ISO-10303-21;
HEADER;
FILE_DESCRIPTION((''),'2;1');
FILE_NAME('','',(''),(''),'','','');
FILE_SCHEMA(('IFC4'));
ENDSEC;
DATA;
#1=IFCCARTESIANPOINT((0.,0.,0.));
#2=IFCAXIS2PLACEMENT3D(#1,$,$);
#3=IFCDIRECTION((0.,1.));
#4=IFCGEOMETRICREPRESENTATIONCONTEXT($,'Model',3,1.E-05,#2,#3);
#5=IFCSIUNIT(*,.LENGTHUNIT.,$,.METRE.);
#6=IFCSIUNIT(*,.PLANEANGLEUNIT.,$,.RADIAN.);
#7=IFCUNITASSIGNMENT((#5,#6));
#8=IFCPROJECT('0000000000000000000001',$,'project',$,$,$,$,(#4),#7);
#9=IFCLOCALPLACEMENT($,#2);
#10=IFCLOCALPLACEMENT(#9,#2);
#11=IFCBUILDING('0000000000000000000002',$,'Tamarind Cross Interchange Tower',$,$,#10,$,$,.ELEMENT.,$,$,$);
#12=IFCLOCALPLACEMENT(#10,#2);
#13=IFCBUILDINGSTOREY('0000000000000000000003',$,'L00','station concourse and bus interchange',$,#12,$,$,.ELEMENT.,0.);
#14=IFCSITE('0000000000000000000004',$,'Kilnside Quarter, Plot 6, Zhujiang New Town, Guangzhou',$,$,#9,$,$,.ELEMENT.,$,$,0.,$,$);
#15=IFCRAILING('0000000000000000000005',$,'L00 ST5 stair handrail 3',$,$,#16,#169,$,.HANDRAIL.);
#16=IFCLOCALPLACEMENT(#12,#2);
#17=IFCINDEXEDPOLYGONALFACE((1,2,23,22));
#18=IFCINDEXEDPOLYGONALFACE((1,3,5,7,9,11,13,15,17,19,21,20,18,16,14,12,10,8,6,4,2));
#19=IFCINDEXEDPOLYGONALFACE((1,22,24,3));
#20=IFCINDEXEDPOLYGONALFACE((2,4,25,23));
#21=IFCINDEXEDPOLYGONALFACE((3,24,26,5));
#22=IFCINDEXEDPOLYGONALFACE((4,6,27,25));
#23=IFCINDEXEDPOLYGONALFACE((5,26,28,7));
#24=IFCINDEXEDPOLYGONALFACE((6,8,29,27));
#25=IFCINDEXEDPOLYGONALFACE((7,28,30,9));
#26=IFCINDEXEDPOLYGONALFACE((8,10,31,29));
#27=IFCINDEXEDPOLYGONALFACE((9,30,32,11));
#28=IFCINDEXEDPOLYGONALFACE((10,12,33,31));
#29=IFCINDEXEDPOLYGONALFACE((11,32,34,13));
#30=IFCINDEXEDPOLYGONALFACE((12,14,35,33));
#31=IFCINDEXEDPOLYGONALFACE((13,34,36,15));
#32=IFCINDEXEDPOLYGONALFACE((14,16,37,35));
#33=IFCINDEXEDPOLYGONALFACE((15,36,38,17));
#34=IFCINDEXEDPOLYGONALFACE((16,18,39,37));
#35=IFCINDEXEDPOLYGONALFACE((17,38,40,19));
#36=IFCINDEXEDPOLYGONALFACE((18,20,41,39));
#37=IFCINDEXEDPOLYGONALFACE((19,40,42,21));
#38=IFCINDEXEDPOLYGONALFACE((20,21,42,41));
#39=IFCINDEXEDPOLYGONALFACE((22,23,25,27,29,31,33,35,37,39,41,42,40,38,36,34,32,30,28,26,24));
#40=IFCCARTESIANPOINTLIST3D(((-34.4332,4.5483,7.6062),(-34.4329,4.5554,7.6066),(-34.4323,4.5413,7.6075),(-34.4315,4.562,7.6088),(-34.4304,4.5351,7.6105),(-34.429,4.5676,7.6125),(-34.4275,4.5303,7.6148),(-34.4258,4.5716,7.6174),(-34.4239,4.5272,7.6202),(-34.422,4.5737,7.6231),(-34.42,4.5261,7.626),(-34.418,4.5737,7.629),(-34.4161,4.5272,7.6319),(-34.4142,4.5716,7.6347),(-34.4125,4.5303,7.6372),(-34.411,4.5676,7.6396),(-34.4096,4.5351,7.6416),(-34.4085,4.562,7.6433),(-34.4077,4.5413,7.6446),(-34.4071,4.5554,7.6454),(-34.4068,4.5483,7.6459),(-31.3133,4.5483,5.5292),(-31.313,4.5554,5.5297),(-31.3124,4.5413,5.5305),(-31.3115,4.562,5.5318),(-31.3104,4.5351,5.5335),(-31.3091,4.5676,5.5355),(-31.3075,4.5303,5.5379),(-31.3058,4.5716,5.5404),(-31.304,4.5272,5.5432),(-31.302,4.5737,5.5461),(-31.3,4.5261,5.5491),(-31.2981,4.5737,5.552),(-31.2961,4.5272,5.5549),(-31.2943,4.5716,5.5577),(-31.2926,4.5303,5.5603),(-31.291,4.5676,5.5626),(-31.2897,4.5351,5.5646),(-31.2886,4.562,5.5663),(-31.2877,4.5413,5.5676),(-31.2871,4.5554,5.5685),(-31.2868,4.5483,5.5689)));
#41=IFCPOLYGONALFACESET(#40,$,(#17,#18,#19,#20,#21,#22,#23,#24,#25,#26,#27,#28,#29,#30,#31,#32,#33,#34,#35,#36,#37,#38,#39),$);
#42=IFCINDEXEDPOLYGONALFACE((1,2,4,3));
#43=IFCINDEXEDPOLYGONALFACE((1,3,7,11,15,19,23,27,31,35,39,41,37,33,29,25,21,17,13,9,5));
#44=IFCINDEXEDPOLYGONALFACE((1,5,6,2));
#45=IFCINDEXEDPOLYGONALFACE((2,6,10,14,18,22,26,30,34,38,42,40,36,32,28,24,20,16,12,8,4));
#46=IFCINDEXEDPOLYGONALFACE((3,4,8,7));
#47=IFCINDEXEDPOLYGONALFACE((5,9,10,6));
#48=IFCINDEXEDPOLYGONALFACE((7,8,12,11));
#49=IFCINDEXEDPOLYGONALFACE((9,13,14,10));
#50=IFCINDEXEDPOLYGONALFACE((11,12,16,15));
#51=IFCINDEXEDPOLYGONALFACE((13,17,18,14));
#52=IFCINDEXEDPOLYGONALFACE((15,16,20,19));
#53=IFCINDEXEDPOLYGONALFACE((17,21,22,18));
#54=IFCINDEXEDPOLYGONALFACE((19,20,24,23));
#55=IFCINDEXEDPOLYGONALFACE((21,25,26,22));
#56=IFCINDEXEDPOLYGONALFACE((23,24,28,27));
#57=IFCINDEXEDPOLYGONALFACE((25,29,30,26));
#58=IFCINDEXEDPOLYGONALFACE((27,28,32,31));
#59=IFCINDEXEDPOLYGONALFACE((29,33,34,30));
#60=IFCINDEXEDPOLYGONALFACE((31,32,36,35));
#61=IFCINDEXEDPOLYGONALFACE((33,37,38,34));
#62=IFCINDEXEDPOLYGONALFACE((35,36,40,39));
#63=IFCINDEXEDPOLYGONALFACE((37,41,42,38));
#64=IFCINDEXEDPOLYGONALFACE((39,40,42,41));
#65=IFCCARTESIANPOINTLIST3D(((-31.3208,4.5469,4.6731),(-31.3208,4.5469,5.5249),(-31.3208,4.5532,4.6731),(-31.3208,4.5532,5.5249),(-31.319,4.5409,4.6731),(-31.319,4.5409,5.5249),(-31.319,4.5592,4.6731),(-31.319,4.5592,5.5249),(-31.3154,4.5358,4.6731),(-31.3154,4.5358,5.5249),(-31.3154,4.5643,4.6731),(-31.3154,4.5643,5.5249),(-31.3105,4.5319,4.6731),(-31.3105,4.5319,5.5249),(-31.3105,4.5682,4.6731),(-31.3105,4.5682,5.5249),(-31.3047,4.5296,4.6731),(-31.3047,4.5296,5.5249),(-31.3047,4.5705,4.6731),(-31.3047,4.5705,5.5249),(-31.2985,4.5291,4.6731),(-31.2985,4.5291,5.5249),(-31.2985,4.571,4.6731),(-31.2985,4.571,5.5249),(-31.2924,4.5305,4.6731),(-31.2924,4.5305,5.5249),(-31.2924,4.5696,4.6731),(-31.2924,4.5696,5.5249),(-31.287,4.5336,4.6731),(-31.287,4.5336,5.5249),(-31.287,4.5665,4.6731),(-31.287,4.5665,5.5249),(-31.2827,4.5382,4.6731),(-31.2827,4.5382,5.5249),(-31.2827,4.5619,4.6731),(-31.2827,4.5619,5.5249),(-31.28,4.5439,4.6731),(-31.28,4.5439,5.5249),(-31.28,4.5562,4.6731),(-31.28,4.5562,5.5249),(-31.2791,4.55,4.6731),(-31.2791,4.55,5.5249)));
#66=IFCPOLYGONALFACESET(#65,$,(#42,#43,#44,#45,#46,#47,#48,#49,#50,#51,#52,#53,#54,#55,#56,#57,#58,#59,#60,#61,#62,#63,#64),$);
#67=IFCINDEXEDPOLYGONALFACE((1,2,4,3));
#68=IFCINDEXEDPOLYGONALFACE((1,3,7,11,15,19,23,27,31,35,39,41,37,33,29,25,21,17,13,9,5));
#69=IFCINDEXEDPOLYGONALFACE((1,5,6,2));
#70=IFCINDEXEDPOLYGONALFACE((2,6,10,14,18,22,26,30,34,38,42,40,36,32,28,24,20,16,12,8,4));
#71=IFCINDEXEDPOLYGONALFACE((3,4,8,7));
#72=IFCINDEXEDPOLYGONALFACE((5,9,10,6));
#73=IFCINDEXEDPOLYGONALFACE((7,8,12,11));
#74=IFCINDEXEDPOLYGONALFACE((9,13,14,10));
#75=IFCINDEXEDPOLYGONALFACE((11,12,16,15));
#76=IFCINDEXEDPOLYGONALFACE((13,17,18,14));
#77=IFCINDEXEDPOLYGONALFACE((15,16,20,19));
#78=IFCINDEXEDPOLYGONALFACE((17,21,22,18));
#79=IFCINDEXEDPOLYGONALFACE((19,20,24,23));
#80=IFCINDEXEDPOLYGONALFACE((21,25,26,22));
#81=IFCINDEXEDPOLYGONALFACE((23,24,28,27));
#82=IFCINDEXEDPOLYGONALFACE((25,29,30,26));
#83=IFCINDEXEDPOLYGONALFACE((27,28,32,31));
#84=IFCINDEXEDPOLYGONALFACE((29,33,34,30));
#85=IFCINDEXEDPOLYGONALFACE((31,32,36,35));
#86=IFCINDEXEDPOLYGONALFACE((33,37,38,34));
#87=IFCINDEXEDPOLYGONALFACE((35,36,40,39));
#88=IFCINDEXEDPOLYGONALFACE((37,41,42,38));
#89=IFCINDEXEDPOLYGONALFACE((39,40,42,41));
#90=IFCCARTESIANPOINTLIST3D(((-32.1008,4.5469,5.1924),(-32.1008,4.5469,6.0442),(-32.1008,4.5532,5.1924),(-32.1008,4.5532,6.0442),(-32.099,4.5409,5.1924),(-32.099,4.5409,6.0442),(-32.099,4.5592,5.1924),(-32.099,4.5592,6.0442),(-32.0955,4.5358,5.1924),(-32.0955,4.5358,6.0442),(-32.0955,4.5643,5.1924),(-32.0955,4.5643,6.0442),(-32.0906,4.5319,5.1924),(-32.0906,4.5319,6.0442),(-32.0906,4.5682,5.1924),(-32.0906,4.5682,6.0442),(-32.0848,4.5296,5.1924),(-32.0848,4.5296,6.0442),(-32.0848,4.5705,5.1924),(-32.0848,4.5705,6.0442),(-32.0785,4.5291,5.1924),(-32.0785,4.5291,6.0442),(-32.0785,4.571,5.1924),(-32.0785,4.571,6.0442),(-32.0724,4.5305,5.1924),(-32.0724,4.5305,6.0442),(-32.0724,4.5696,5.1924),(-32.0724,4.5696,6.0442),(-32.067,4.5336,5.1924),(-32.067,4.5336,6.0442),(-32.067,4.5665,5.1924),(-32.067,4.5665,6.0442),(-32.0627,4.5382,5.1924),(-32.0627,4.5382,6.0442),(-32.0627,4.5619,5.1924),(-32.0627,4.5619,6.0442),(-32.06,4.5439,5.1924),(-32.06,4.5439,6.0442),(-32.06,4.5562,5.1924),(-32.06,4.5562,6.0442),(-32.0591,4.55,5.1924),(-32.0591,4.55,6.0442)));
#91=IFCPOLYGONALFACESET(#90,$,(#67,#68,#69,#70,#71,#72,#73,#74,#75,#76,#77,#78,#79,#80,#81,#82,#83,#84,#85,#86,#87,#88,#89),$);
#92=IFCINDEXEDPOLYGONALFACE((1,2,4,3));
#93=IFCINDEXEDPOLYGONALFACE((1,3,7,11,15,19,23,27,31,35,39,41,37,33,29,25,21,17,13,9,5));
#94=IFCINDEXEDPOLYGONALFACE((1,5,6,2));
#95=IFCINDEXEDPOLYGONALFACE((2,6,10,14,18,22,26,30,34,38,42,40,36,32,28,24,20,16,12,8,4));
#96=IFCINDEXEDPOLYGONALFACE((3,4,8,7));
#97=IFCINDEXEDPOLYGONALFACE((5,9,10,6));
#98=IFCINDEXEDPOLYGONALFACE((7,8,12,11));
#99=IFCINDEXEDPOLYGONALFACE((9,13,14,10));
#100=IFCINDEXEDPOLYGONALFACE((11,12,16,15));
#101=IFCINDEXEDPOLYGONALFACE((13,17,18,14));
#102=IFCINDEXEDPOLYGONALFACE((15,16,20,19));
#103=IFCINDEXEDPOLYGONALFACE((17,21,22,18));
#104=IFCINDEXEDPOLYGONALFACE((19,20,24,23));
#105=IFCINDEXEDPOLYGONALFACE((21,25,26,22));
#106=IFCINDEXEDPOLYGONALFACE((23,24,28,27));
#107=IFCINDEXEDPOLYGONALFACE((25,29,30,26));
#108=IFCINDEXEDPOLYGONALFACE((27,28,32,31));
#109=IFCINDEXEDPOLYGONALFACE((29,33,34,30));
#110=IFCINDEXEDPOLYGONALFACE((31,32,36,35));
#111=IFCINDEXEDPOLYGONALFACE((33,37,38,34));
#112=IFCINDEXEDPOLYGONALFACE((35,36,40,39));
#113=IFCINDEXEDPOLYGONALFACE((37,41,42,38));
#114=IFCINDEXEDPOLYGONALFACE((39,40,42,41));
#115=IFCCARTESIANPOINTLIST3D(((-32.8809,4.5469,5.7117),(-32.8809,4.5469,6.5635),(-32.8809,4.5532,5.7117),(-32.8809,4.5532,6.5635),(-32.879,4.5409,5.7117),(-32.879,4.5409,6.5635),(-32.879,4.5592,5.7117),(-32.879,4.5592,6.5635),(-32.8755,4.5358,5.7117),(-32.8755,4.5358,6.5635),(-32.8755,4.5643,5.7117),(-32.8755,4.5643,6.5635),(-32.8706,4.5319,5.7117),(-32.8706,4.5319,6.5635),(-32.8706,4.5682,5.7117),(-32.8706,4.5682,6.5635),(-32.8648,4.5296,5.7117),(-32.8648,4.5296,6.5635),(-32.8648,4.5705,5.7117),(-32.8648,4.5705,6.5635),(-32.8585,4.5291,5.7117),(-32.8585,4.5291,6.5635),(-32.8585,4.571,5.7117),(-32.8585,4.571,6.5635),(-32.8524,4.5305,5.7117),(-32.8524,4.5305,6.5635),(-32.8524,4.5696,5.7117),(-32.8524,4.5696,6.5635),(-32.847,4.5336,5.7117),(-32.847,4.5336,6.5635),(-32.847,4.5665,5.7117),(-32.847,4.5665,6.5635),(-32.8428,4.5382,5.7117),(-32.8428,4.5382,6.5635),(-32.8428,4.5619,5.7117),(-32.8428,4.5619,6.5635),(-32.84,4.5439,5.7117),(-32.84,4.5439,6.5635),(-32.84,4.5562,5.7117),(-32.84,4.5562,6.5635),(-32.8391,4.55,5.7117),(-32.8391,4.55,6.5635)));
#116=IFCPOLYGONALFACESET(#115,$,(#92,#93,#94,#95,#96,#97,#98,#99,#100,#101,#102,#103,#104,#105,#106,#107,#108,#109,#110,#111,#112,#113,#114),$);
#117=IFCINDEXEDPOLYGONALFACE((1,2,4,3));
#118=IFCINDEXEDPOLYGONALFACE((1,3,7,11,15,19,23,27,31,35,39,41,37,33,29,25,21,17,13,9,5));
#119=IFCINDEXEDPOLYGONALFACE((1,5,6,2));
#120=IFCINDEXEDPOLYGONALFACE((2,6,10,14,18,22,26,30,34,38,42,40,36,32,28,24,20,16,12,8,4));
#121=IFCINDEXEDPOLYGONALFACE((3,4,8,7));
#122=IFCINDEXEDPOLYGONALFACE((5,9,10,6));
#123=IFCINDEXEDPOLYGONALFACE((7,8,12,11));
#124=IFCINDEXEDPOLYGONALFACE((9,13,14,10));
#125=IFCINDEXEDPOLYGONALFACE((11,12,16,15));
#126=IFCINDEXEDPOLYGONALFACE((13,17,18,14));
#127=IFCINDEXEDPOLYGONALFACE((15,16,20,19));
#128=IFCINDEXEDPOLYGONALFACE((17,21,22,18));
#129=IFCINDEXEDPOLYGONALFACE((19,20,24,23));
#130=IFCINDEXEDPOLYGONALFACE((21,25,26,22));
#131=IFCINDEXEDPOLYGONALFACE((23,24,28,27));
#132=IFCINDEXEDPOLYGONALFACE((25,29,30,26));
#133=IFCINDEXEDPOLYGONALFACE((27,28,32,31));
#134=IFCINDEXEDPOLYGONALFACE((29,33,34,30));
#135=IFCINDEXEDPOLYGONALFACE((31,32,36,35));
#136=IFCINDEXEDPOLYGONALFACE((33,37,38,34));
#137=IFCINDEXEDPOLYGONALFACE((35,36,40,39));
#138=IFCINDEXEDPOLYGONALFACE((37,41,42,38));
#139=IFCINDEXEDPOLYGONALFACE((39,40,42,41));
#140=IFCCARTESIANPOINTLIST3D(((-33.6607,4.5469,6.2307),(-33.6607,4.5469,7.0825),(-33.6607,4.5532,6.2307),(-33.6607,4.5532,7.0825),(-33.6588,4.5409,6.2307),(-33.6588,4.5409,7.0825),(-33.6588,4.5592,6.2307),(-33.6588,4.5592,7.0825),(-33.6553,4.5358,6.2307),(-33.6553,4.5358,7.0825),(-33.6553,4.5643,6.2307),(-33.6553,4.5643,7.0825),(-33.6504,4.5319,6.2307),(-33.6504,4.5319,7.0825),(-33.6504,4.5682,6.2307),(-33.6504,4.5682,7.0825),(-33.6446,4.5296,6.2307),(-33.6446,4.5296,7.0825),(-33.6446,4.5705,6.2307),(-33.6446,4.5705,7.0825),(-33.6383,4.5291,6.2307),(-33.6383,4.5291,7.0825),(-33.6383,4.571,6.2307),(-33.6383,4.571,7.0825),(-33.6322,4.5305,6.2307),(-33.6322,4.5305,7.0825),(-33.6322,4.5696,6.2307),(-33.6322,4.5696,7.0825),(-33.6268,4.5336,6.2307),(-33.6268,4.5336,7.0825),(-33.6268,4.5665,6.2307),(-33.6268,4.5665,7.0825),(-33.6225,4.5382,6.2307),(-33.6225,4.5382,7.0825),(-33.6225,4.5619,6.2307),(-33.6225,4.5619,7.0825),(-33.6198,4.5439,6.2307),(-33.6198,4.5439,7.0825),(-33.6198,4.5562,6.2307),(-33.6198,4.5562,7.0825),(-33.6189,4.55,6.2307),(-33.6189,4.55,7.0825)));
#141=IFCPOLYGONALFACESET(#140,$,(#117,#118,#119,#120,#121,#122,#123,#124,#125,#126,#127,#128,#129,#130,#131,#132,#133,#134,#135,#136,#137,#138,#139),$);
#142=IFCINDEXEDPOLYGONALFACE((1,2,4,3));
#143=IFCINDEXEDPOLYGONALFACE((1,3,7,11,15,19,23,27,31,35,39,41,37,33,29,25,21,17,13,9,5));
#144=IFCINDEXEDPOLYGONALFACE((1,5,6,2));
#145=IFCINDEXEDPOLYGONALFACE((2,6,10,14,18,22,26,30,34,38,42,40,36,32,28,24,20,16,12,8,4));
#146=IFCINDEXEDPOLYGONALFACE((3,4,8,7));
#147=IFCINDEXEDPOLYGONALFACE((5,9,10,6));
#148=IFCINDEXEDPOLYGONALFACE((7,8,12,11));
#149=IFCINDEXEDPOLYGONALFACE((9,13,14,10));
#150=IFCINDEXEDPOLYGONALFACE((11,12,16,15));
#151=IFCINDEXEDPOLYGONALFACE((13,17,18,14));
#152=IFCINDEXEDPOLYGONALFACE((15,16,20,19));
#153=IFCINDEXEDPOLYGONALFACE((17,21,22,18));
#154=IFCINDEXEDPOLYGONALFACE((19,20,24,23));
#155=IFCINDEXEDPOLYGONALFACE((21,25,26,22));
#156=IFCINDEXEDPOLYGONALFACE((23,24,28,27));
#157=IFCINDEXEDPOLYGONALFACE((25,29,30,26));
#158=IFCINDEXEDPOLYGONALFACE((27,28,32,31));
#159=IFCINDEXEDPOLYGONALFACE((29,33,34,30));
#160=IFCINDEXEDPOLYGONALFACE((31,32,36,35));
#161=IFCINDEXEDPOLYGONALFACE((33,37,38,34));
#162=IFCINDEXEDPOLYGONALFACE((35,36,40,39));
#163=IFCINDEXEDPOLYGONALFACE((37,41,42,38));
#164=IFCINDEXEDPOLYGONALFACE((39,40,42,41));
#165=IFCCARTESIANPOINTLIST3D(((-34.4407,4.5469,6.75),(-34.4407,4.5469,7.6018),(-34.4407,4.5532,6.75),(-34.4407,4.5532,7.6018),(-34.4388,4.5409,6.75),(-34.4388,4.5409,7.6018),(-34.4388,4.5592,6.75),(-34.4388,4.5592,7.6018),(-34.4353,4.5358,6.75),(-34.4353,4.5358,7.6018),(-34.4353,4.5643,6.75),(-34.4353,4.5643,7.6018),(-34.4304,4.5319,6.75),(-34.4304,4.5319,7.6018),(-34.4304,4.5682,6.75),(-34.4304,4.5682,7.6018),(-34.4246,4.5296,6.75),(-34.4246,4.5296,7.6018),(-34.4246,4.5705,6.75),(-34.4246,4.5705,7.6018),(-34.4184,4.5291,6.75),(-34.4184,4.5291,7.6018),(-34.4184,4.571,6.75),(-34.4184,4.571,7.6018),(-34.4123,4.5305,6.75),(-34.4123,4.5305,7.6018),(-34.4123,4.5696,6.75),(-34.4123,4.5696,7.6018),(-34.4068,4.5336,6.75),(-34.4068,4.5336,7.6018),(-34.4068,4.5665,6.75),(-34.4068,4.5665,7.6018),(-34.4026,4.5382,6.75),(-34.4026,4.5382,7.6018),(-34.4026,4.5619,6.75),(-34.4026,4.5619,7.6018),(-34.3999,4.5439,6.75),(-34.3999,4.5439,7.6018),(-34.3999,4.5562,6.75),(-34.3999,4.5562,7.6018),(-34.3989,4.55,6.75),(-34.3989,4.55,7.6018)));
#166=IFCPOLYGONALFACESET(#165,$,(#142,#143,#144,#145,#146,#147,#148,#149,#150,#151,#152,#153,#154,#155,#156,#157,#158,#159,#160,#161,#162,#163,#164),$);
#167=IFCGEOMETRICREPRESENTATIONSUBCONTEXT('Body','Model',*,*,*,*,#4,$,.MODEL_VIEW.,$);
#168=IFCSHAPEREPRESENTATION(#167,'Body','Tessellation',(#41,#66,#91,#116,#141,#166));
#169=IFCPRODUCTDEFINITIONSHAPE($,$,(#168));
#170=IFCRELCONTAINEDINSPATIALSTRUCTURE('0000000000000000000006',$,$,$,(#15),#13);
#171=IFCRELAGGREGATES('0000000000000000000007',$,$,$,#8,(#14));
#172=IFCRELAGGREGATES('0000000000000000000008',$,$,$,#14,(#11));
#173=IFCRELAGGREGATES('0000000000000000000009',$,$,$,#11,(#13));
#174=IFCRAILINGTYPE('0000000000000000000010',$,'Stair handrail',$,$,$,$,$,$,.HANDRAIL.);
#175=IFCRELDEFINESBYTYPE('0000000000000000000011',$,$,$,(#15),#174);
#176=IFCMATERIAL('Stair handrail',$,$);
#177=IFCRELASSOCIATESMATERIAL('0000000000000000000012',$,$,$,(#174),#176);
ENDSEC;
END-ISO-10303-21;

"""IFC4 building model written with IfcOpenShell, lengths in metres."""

from ifc_helpers import new_model, si_unit, direction, frame, origin, origin_2d, place, context, subcontext, project, spatial, circle, extrude, material, type_object, element, save


model = new_model("IFC4")

# Units and contexts
model_context = context("Model", 3, precision=1e-05, world=origin(), true_north=direction((0.0, 1.0)))
body_context = subcontext(model_context, "Body", "Model", "MODEL_VIEW")
ifc_project = project(units=[si_unit("LENGTHUNIT", "METRE"), si_unit("PLANEANGLEUNIT", "RADIAN")], contexts=[model_context])

# Site, building, storey
site_placement = place(None, origin())
site = spatial("IfcSite", under=ifc_project, at=site_placement, Name="Kilnside Quarter, Plot 6, Zhujiang New Town, Guangzhou", CompositionType="ELEMENT", RefElevation=0.0)
building_placement = place(site_placement, origin())
building = spatial("IfcBuilding", under=site, at=building_placement, Name="Tamarind Cross Interchange Tower", CompositionType="ELEMENT")
storey_placement = place(building_placement, origin())
storey = spatial("IfcBuildingStorey", under=building, at=storey_placement, Name="L00", Description="station concourse and bus interchange", CompositionType="ELEMENT", Elevation=0.0)

# Railing
ifc_material_1 = material(Name="Stair handrail")
railing_type_1 = type_object("IfcRailingType", Name="Stair handrail", PredefinedType="HANDRAIL", material=ifc_material_1)
for number, where, name in (
    (1, (-31.3, 4.55, 4.6731), "L00 ST5 stair handrail 3"),
):
    element("IfcRailing", number, at=place(storey_placement, frame(where)), inside=storey, type_object=railing_type_1, Name=name, PredefinedType="HANDRAIL", context=body_context, shape_type="SweptSolid", body=[
        extrude(circle(Radius=0.0239, at=origin_2d()), frame((0.0, 0.0, 0.876), z_axis=(-0.832421, 0.0, 0.554144), x_axis=(0.0, -1.0, 0.0)), (0.0, 0.0, 1.0), 3.748),
        extrude(circle(Radius=0.021, at=origin_2d()), origin(), (0.0, 0.0, 1.0), 0.8518),
        extrude(circle(Radius=0.021, at=origin_2d()), frame((-0.78, 0.0, 0.5193)), (0.0, 0.0, 1.0), 0.8518),
        extrude(circle(Radius=0.021, at=origin_2d()), frame((-1.5601, 0.0, 1.0386)), (0.0, 0.0, 1.0), 0.8518),
        extrude(circle(Radius=0.021, at=origin_2d()), frame((-2.3398, 0.0, 1.5576)), (0.0, 0.0, 1.0), 0.8518),
        extrude(circle(Radius=0.021, at=origin_2d()), frame((-3.1199, 0.0, 2.0769)), (0.0, 0.0, 1.0), 0.8518),
    ])

save(model, "model.ifc")
